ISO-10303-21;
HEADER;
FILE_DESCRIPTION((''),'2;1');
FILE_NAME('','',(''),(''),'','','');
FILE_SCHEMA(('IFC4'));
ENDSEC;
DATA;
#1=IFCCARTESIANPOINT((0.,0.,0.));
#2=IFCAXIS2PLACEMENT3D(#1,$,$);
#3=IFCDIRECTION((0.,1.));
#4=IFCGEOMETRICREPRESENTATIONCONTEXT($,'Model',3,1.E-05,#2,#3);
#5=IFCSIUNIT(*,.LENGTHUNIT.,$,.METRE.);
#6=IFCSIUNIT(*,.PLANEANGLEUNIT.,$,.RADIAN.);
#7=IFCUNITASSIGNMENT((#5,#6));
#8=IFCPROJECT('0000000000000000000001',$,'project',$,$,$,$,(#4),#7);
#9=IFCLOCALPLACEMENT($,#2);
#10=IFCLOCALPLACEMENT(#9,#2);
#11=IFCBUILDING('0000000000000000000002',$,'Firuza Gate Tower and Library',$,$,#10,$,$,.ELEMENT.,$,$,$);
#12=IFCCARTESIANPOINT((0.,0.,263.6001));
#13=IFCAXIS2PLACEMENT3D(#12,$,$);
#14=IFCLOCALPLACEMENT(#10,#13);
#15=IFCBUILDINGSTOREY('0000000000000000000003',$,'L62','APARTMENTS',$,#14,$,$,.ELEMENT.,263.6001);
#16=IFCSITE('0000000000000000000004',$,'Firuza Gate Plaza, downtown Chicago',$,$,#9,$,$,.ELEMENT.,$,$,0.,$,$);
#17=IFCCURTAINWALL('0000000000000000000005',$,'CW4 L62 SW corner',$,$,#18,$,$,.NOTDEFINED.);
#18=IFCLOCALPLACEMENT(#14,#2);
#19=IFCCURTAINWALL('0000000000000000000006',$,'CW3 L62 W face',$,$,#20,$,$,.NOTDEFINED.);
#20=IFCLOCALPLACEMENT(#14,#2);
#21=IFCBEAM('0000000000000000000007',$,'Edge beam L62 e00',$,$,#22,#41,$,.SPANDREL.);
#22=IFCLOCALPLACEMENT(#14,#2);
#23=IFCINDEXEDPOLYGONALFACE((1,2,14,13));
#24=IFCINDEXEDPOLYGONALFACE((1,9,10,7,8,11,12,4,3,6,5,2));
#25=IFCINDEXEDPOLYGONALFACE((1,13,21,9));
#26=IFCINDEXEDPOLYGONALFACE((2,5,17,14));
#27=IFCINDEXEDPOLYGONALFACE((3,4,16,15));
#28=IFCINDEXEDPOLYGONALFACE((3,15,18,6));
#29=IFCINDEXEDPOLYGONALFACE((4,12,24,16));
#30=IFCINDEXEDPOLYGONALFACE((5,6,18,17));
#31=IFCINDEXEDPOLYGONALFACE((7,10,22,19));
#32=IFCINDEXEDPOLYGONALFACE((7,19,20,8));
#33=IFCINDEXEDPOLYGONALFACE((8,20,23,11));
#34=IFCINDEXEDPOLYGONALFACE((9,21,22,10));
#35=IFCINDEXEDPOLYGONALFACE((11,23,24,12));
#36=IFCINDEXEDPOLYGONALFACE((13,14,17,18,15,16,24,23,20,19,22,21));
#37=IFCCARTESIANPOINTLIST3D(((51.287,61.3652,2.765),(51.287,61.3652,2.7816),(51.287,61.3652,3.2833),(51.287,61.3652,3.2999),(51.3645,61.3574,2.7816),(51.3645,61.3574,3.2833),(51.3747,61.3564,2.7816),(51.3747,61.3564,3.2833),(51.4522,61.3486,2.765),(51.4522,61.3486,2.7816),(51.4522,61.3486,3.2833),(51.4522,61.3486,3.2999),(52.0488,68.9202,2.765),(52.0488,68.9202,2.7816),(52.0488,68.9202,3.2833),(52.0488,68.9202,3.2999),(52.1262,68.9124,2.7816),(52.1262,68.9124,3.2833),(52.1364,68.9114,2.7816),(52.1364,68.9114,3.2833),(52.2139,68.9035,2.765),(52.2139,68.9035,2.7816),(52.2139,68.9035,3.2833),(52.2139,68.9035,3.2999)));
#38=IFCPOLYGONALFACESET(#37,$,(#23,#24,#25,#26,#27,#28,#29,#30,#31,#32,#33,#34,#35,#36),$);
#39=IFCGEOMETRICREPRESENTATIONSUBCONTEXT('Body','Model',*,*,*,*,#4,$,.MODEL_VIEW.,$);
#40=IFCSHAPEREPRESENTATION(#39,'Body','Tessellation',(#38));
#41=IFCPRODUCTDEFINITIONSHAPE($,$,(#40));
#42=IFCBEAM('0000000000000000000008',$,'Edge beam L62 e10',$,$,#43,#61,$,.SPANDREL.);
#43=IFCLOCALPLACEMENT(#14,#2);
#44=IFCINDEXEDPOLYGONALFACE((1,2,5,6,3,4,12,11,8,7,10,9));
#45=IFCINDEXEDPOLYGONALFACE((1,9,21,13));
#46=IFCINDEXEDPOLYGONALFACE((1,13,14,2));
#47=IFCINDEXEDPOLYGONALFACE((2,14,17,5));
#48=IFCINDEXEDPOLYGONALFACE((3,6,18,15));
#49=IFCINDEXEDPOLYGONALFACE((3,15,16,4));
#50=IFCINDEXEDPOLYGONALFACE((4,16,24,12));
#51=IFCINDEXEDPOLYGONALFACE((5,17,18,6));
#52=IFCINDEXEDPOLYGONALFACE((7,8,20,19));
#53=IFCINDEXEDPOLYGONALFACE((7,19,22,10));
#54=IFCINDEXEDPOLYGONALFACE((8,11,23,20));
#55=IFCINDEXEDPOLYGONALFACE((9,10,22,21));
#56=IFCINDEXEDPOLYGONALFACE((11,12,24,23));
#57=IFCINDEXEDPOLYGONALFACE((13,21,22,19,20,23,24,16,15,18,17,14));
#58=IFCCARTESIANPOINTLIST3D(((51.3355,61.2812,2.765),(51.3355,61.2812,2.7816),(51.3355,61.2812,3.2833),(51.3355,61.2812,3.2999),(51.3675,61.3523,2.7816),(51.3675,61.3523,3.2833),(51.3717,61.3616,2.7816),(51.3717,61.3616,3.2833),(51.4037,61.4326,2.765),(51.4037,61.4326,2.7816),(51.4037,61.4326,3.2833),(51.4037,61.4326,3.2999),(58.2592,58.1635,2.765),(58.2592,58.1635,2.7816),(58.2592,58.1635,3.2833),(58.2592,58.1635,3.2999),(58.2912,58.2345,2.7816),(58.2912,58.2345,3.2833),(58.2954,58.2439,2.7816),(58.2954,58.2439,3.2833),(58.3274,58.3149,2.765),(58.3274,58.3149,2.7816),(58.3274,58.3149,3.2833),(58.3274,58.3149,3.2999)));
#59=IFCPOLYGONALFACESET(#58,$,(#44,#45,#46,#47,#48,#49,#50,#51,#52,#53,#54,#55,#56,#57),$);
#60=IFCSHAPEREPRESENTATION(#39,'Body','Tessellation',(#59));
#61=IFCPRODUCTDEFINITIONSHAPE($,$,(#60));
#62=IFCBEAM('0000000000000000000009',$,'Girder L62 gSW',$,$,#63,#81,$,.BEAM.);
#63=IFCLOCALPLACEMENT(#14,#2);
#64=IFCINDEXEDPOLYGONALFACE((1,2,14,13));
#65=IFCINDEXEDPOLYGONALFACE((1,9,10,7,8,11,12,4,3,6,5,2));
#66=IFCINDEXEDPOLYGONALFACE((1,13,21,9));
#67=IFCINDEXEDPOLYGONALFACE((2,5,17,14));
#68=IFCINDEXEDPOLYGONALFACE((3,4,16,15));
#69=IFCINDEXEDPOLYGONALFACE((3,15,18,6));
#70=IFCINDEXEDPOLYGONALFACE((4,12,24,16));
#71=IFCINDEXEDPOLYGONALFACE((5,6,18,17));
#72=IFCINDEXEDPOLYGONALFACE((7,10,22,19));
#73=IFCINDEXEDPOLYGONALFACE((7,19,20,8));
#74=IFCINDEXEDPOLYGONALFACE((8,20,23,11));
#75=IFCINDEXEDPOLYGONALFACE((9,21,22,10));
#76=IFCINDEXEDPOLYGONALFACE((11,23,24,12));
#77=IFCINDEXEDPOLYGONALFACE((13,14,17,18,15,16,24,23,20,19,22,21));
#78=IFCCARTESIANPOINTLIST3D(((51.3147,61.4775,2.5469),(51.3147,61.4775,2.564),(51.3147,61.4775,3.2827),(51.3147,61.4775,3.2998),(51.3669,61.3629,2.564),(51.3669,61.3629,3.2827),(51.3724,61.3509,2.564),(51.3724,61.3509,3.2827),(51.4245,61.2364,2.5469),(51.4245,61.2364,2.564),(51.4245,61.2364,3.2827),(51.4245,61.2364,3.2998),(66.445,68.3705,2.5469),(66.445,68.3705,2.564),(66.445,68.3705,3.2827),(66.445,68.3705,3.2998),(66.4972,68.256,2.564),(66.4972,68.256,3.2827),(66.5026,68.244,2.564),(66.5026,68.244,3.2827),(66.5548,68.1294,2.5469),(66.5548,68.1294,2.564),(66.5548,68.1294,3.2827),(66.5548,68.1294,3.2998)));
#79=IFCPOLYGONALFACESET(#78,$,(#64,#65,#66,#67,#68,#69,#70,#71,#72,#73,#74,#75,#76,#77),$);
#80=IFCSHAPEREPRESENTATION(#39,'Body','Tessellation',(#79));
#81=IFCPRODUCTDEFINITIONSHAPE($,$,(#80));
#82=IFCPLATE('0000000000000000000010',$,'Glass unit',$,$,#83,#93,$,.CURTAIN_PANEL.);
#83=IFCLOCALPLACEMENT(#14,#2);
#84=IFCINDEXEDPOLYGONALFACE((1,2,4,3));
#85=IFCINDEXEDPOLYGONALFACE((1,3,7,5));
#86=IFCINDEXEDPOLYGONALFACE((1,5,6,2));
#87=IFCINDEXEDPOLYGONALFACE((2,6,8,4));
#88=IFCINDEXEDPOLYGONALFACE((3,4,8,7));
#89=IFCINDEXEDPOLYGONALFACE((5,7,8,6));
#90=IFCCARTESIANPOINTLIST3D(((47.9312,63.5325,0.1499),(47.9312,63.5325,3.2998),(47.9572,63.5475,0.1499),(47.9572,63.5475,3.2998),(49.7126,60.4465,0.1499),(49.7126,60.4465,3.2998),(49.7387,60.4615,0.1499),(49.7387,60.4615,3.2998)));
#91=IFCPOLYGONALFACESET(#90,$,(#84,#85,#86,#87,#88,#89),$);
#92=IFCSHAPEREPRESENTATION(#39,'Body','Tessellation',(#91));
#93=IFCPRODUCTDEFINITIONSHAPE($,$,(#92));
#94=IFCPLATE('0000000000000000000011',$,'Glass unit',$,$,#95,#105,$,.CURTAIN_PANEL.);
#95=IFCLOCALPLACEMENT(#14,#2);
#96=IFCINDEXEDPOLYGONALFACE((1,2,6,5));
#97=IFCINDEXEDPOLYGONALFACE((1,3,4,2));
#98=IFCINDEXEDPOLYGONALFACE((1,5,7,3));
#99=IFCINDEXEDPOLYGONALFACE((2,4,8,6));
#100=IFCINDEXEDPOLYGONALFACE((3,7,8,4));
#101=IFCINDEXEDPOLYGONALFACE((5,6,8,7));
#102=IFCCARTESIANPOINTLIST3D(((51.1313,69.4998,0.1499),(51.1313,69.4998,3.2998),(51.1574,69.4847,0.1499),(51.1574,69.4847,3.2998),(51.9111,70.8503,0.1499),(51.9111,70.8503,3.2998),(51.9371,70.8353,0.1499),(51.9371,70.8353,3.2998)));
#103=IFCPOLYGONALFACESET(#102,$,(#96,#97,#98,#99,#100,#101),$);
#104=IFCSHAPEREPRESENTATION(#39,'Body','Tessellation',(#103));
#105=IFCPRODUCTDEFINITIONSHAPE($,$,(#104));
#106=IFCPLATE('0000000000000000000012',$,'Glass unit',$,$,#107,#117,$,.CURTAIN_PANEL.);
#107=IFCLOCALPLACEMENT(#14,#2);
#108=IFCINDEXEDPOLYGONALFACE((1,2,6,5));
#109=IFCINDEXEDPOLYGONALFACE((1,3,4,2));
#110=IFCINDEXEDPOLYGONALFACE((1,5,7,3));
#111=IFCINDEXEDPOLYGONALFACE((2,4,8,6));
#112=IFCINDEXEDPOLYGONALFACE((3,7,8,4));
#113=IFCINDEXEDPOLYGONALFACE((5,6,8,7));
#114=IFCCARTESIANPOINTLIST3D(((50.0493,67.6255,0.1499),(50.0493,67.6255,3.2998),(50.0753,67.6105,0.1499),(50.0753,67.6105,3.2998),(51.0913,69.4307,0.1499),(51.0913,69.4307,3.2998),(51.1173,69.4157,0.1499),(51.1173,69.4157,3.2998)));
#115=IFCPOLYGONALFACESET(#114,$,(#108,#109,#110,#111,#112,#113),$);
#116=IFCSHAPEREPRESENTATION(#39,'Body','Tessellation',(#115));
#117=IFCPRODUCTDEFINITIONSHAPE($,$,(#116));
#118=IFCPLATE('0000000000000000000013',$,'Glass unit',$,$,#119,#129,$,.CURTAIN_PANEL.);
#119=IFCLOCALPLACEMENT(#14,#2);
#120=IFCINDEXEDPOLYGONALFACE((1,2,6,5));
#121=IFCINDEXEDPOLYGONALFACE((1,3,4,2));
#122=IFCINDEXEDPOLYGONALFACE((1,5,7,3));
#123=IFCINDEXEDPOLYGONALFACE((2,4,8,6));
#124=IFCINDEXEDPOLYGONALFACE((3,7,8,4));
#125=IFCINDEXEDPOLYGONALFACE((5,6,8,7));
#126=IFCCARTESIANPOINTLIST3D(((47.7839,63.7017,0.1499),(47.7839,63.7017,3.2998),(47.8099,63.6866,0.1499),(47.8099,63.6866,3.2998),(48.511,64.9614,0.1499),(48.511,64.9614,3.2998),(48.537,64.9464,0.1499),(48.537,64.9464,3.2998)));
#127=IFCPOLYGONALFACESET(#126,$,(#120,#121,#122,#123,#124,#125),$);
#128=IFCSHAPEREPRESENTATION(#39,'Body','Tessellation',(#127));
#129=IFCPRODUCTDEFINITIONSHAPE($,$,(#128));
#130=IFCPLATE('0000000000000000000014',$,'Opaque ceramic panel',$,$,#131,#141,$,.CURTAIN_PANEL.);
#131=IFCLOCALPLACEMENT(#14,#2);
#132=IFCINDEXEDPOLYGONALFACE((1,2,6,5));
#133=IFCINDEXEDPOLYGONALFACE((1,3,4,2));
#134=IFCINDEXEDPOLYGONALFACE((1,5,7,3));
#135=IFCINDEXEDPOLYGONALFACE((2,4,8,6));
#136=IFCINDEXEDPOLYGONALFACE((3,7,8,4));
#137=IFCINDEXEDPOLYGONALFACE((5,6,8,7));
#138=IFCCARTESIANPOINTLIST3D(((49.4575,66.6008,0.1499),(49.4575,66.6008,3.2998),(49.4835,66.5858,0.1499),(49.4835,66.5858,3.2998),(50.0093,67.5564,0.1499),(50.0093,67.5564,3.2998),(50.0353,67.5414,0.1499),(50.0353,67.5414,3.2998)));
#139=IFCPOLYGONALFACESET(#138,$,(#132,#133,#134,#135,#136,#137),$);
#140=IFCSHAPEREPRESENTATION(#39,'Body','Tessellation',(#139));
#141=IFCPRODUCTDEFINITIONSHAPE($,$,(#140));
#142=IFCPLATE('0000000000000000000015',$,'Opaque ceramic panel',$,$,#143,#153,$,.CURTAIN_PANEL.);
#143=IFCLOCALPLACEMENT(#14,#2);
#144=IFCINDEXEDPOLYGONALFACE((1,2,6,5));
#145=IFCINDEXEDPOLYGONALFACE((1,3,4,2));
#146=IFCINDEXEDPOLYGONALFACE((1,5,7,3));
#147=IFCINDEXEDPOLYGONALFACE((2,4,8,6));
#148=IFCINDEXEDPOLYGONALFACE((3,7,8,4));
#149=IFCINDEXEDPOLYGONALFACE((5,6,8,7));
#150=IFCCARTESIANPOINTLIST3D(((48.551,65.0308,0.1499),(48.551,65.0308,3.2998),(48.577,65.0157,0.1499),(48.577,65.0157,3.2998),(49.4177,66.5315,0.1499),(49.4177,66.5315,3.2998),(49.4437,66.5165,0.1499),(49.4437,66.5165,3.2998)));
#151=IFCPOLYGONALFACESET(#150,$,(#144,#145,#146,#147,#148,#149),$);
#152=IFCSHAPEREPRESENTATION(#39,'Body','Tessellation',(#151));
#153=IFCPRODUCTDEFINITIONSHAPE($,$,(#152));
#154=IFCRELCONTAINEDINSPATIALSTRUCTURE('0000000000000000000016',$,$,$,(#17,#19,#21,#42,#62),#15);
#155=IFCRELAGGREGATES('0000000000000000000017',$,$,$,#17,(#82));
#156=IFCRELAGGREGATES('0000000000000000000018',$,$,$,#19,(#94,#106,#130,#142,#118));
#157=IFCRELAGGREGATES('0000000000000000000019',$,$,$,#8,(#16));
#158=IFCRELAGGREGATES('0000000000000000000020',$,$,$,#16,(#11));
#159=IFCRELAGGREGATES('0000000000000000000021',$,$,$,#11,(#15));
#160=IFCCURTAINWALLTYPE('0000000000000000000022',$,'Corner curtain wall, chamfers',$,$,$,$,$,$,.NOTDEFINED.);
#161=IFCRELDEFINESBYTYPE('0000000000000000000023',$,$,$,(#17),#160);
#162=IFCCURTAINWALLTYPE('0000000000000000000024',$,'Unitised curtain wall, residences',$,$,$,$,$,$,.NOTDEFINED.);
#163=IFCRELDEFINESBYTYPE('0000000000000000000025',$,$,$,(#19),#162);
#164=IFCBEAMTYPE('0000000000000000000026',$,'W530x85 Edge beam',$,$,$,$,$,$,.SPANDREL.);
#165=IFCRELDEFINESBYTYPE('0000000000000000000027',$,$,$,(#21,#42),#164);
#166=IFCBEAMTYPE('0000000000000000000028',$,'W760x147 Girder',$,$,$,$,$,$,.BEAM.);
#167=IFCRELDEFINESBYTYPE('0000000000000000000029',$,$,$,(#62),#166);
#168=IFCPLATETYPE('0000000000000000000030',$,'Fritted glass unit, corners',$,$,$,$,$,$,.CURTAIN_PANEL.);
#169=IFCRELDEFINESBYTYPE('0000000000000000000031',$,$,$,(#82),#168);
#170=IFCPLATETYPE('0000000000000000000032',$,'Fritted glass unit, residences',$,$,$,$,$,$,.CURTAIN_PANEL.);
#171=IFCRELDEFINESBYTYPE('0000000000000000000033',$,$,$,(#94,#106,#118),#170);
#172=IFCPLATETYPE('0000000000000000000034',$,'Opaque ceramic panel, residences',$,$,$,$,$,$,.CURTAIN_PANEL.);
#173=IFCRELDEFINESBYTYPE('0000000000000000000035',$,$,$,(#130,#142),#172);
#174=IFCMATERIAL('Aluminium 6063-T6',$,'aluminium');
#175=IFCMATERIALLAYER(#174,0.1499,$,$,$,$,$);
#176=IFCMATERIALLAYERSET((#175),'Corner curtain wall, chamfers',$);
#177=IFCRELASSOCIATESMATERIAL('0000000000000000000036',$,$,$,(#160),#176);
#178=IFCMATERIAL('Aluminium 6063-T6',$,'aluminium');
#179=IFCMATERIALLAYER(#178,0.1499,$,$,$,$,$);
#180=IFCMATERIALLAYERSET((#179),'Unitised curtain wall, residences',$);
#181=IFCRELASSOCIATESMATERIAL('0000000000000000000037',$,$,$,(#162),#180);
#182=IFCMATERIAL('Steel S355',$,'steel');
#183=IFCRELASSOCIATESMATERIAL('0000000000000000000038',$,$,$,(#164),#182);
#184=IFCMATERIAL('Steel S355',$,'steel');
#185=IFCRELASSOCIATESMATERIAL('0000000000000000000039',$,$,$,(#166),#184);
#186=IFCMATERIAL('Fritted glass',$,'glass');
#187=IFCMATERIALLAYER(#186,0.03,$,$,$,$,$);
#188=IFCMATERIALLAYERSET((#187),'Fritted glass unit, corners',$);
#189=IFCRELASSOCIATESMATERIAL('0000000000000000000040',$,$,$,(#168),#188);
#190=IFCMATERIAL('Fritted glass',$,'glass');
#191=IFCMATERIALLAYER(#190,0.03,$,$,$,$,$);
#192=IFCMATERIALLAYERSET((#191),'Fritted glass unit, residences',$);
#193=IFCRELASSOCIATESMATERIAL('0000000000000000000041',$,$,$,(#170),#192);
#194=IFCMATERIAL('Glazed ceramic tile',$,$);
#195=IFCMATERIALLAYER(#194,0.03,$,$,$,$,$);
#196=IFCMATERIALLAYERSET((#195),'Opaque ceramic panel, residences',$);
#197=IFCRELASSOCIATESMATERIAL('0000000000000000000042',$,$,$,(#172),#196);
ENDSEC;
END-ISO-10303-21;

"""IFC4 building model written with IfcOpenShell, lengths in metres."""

from ifc_helpers import new_model, si_unit, direction, frame, origin, origin_2d, place, context, subcontext, project, spatial, polyline, i_section, outline, extrude, material, layer, layer_set, material_profile, profile_set, type_object, element, aggregate, save


model = new_model("IFC4")

# Units and contexts
model_context = context("Model", 3, precision=1e-05, world=origin(), true_north=direction((0.0, 1.0)))
body_context = subcontext(model_context, "Body", "Model", "MODEL_VIEW")
ifc_project = project(units=[si_unit("LENGTHUNIT", "METRE"), si_unit("PLANEANGLEUNIT", "RADIAN")], contexts=[model_context])

# Site, building, storey
site_placement = place(None, origin())
site = spatial("IfcSite", under=ifc_project, at=site_placement, Name="Firuza Gate Plaza, downtown Chicago", CompositionType="ELEMENT", RefElevation=0.0)
building_placement = place(site_placement, origin())
building = spatial("IfcBuilding", under=site, at=building_placement, Name="Firuza Gate Tower and Library", CompositionType="ELEMENT")
storey_placement = place(building_placement, frame((0.0, 0.0, 263.6001)))
storey = spatial("IfcBuildingStorey", under=building, at=storey_placement, Name="L62", Description="APARTMENTS", CompositionType="ELEMENT", Elevation=263.6001)

# Curtain wall
ifc_material_1 = material(Name="Aluminium 6063-T6", Category="aluminium")
ifc_layer_1 = layer(ifc_material_1, 0.1499)
ifc_layer_set_1 = layer_set([ifc_layer_1], Name="Corner curtain wall, chamfers")
curtain_wall_type_1 = type_object("IfcCurtainWallType", Name="Corner curtain wall, chamfers", PredefinedType="NOTDEFINED", material=ifc_layer_set_1)
placement = place(storey_placement, origin())
curtain_wall_1 = element("IfcCurtainWall", 1, at=placement, inside=storey, type_object=curtain_wall_type_1, Name="CW4 L62 SW corner", PredefinedType="NOTDEFINED")

# Curtain wall
ifc_material_2 = material(Name="Aluminium 6063-T6", Category="aluminium")
ifc_layer_2 = layer(ifc_material_2, 0.1499)
ifc_layer_set_2 = layer_set([ifc_layer_2], Name="Unitised curtain wall, residences")
curtain_wall_type_2 = type_object("IfcCurtainWallType", Name="Unitised curtain wall, residences", PredefinedType="NOTDEFINED", material=ifc_layer_set_2)
curtain_wall_2 = element("IfcCurtainWall", 2, at=placement, inside=storey, type_object=curtain_wall_type_2, Name="CW3 L62 W face", PredefinedType="NOTDEFINED")

# Beams
ifc_material_3 = material(Name="Steel S355", Category="steel")
ifc_material_profile_1 = material_profile(ifc_material_3, i_section(OverallWidth=0.166, OverallDepth=0.5349, WebThickness=0.0103, FlangeThickness=0.0166, at=origin_2d()))
ifc_profile_set_1 = profile_set([ifc_material_profile_1], Name="Steel S355")
beam_type_1 = type_object("IfcBeamType", Name="W530x85 Edge beam", PredefinedType="SPANDREL", material=ifc_profile_set_1)
for number, where, z_axis, x_axis, name in (
    (3, (52.1313, 68.9119, 3.0325), (-0.100315, -0.994956, 0.0), (0.994956, -0.100315, 0.0), "Edge beam L62 e00"),
    (4, (51.3696, 61.3569, 3.0325), (0.91182, -0.410591, 0.0), (0.410591, 0.91182, 0.0), "Edge beam L62 e10"),
):
    element("IfcBeam", number, at=place(storey_placement, frame(where, z_axis=z_axis, x_axis=x_axis)), inside=storey, type_object=beam_type_1, Name=name, PredefinedType="SPANDREL", context=body_context, shape_type="SweptSolid", body=[
        extrude(i_section(OverallWidth=0.166, OverallDepth=0.5349, WebThickness=0.0103, FlangeThickness=0.0166, at=origin_2d()), origin(), (0.0, 0.0, 1.0), 7.5933),
    ])
ifc_material_4 = material(Name="Steel S355", Category="steel")
ifc_material_profile_2 = material_profile(ifc_material_4, i_section(OverallWidth=0.2649, OverallDepth=0.7529, WebThickness=0.0132, FlangeThickness=0.0171, at=origin_2d()))
ifc_profile_set_2 = profile_set([ifc_material_profile_2], Name="Steel S355")
beam_type_2 = type_object("IfcBeamType", Name="W760x147 Girder", PredefinedType="BEAM", material=ifc_profile_set_2)
beam_1_placement = place(storey_placement, frame((51.3696, 61.3569, 2.9233), z_axis=(0.910012, 0.414582, 0.0), x_axis=(-0.414582, 0.910012, 0.0)))
element("IfcBeam", 5, at=beam_1_placement, inside=storey, type_object=beam_type_2, Name="Girder L62 gSW", PredefinedType="BEAM", context=body_context, shape_type="SweptSolid", body=[
    extrude(i_section(OverallWidth=0.2649, OverallDepth=0.7529, WebThickness=0.0132, FlangeThickness=0.0171, at=origin_2d()), origin(), (0.0, 0.0, 1.0), 16.6265),
])

# Plates
ifc_material_5 = material(Name="Fritted glass", Category="glass")
ifc_layer_3 = layer(ifc_material_5, 0.03)
ifc_layer_set_3 = layer_set([ifc_layer_3], Name="Fritted glass unit, corners")
plate_type_1 = type_object("IfcPlateType", Name="Fritted glass unit, corners", PredefinedType="CURTAIN_PANEL", material=ifc_layer_set_3)
plate_1_placement = place(storey_placement, frame((47.9312, 63.5325, 0.1499), z_axis=(-0.866046, -0.499964, 0.0), x_axis=(0.499964, -0.866046, 0.0)))
plate_1 = element("IfcPlate", 6, at=plate_1_placement, type_object=plate_type_1, Name="Glass unit", PredefinedType="CURTAIN_PANEL", context=body_context, shape_type="SweptSolid", body=[
    extrude(outline(polyline([(0.0, 0.0), (3.5632, 0.0), (3.5632, 3.1499), (0.0, 3.1499), (0.0, 0.0)])), origin(), (0.0, 0.0, -1.0), 0.03),
])
aggregate(curtain_wall_1, [plate_1])
ifc_material_6 = material(Name="Fritted glass", Category="glass")
ifc_layer_4 = layer(ifc_material_6, 0.03)
ifc_layer_set_4 = layer_set([ifc_layer_4], Name="Fritted glass unit, residences")
plate_type_2 = type_object("IfcPlateType", Name="Fritted glass unit, residences", PredefinedType="CURTAIN_PANEL", material=ifc_layer_set_4)
plate_2_placement = place(storey_placement, frame((51.9111, 70.8503, 0.1499), z_axis=(-0.866019, 0.500012, 0.0), x_axis=(-0.500012, -0.866019, 0.0)))
plate_2 = element("IfcPlate", 7, at=plate_2_placement, type_object=plate_type_2, Name="Glass unit", PredefinedType="CURTAIN_PANEL", context=body_context, shape_type="SweptSolid", body=[
    extrude(outline(polyline([(0.0, 0.0), (1.5595, 0.0), (1.5595, 3.1499), (0.0, 3.1499), (0.0, 0.0)])), origin(), (0.0, 0.0, -1.0), 0.03),
])
plate_3_placement = place(storey_placement, frame((51.0913, 69.4307, 0.1499), z_axis=(-0.866072, 0.499918, 0.0), x_axis=(-0.499918, -0.866072, 0.0)))
plate_3 = element("IfcPlate", 8, at=plate_3_placement, type_object=plate_type_2, Name="Glass unit", PredefinedType="CURTAIN_PANEL", context=body_context, shape_type="SweptSolid", body=[
    extrude(outline(polyline([(0.0, 0.0), (2.0843, 0.0), (2.0843, 3.1499), (0.0, 3.1499), (0.0, 0.0)])), origin(), (0.0, 0.0, -1.0), 0.03),
])
plate_4_placement = place(storey_placement, frame((48.511, 64.9614, 0.1499), z_axis=(-0.866107, 0.499858, 0.0), x_axis=(-0.499858, -0.866107, 0.0)))
plate_4 = element("IfcPlate", 9, at=plate_4_placement, type_object=plate_type_2, Name="Glass unit", PredefinedType="CURTAIN_PANEL", context=body_context, shape_type="SweptSolid", body=[
    extrude(outline(polyline([(0.0, 0.0), (1.4545, 0.0), (1.4545, 3.1499), (0.0, 3.1499), (0.0, 0.0)])), origin(), (0.0, 0.0, -1.0), 0.03),
])
ifc_material_7 = material(Name="Glazed ceramic tile")
ifc_layer_5 = layer(ifc_material_7, 0.03)
ifc_layer_set_5 = layer_set([ifc_layer_5], Name="Opaque ceramic panel, residences")
plate_type_3 = type_object("IfcPlateType", Name="Opaque ceramic panel, residences", PredefinedType="CURTAIN_PANEL", material=ifc_layer_set_5)
plate_5_placement = place(storey_placement, frame((50.0093, 67.5564, 0.1499), z_axis=(-0.866001, 0.500042, 0.0), x_axis=(-0.500042, -0.866001, 0.0)))
plate_5 = element("IfcPlate", 10, at=plate_5_placement, type_object=plate_type_3, Name="Opaque ceramic panel", PredefinedType="CURTAIN_PANEL", context=body_context, shape_type="SweptSolid", body=[
    extrude(outline(polyline([(0.0, 0.0), (1.1034, 0.0), (1.1034, 3.1499), (0.0, 3.1499), (0.0, 0.0)])), origin(), (0.0, 0.0, -1.0), 0.03),
])
plate_6_placement = place(storey_placement, frame((49.4177, 66.5315, 0.1499), z_axis=(-0.865963, 0.500109, 0.0), x_axis=(-0.500109, -0.865963, 0.0)))
plate_6 = element("IfcPlate", 11, at=plate_6_placement, type_object=plate_type_3, Name="Opaque ceramic panel", PredefinedType="CURTAIN_PANEL", context=body_context, shape_type="SweptSolid", body=[
    extrude(outline(polyline([(0.0, 0.0), (1.733, 0.0), (1.733, 3.1499), (0.0, 3.1499), (0.0, 0.0)])), origin(), (0.0, 0.0, -1.0), 0.03),
])
aggregate(curtain_wall_2, [plate_2, plate_3, plate_5, plate_6, plate_4])

save(model, "model.ifc")
